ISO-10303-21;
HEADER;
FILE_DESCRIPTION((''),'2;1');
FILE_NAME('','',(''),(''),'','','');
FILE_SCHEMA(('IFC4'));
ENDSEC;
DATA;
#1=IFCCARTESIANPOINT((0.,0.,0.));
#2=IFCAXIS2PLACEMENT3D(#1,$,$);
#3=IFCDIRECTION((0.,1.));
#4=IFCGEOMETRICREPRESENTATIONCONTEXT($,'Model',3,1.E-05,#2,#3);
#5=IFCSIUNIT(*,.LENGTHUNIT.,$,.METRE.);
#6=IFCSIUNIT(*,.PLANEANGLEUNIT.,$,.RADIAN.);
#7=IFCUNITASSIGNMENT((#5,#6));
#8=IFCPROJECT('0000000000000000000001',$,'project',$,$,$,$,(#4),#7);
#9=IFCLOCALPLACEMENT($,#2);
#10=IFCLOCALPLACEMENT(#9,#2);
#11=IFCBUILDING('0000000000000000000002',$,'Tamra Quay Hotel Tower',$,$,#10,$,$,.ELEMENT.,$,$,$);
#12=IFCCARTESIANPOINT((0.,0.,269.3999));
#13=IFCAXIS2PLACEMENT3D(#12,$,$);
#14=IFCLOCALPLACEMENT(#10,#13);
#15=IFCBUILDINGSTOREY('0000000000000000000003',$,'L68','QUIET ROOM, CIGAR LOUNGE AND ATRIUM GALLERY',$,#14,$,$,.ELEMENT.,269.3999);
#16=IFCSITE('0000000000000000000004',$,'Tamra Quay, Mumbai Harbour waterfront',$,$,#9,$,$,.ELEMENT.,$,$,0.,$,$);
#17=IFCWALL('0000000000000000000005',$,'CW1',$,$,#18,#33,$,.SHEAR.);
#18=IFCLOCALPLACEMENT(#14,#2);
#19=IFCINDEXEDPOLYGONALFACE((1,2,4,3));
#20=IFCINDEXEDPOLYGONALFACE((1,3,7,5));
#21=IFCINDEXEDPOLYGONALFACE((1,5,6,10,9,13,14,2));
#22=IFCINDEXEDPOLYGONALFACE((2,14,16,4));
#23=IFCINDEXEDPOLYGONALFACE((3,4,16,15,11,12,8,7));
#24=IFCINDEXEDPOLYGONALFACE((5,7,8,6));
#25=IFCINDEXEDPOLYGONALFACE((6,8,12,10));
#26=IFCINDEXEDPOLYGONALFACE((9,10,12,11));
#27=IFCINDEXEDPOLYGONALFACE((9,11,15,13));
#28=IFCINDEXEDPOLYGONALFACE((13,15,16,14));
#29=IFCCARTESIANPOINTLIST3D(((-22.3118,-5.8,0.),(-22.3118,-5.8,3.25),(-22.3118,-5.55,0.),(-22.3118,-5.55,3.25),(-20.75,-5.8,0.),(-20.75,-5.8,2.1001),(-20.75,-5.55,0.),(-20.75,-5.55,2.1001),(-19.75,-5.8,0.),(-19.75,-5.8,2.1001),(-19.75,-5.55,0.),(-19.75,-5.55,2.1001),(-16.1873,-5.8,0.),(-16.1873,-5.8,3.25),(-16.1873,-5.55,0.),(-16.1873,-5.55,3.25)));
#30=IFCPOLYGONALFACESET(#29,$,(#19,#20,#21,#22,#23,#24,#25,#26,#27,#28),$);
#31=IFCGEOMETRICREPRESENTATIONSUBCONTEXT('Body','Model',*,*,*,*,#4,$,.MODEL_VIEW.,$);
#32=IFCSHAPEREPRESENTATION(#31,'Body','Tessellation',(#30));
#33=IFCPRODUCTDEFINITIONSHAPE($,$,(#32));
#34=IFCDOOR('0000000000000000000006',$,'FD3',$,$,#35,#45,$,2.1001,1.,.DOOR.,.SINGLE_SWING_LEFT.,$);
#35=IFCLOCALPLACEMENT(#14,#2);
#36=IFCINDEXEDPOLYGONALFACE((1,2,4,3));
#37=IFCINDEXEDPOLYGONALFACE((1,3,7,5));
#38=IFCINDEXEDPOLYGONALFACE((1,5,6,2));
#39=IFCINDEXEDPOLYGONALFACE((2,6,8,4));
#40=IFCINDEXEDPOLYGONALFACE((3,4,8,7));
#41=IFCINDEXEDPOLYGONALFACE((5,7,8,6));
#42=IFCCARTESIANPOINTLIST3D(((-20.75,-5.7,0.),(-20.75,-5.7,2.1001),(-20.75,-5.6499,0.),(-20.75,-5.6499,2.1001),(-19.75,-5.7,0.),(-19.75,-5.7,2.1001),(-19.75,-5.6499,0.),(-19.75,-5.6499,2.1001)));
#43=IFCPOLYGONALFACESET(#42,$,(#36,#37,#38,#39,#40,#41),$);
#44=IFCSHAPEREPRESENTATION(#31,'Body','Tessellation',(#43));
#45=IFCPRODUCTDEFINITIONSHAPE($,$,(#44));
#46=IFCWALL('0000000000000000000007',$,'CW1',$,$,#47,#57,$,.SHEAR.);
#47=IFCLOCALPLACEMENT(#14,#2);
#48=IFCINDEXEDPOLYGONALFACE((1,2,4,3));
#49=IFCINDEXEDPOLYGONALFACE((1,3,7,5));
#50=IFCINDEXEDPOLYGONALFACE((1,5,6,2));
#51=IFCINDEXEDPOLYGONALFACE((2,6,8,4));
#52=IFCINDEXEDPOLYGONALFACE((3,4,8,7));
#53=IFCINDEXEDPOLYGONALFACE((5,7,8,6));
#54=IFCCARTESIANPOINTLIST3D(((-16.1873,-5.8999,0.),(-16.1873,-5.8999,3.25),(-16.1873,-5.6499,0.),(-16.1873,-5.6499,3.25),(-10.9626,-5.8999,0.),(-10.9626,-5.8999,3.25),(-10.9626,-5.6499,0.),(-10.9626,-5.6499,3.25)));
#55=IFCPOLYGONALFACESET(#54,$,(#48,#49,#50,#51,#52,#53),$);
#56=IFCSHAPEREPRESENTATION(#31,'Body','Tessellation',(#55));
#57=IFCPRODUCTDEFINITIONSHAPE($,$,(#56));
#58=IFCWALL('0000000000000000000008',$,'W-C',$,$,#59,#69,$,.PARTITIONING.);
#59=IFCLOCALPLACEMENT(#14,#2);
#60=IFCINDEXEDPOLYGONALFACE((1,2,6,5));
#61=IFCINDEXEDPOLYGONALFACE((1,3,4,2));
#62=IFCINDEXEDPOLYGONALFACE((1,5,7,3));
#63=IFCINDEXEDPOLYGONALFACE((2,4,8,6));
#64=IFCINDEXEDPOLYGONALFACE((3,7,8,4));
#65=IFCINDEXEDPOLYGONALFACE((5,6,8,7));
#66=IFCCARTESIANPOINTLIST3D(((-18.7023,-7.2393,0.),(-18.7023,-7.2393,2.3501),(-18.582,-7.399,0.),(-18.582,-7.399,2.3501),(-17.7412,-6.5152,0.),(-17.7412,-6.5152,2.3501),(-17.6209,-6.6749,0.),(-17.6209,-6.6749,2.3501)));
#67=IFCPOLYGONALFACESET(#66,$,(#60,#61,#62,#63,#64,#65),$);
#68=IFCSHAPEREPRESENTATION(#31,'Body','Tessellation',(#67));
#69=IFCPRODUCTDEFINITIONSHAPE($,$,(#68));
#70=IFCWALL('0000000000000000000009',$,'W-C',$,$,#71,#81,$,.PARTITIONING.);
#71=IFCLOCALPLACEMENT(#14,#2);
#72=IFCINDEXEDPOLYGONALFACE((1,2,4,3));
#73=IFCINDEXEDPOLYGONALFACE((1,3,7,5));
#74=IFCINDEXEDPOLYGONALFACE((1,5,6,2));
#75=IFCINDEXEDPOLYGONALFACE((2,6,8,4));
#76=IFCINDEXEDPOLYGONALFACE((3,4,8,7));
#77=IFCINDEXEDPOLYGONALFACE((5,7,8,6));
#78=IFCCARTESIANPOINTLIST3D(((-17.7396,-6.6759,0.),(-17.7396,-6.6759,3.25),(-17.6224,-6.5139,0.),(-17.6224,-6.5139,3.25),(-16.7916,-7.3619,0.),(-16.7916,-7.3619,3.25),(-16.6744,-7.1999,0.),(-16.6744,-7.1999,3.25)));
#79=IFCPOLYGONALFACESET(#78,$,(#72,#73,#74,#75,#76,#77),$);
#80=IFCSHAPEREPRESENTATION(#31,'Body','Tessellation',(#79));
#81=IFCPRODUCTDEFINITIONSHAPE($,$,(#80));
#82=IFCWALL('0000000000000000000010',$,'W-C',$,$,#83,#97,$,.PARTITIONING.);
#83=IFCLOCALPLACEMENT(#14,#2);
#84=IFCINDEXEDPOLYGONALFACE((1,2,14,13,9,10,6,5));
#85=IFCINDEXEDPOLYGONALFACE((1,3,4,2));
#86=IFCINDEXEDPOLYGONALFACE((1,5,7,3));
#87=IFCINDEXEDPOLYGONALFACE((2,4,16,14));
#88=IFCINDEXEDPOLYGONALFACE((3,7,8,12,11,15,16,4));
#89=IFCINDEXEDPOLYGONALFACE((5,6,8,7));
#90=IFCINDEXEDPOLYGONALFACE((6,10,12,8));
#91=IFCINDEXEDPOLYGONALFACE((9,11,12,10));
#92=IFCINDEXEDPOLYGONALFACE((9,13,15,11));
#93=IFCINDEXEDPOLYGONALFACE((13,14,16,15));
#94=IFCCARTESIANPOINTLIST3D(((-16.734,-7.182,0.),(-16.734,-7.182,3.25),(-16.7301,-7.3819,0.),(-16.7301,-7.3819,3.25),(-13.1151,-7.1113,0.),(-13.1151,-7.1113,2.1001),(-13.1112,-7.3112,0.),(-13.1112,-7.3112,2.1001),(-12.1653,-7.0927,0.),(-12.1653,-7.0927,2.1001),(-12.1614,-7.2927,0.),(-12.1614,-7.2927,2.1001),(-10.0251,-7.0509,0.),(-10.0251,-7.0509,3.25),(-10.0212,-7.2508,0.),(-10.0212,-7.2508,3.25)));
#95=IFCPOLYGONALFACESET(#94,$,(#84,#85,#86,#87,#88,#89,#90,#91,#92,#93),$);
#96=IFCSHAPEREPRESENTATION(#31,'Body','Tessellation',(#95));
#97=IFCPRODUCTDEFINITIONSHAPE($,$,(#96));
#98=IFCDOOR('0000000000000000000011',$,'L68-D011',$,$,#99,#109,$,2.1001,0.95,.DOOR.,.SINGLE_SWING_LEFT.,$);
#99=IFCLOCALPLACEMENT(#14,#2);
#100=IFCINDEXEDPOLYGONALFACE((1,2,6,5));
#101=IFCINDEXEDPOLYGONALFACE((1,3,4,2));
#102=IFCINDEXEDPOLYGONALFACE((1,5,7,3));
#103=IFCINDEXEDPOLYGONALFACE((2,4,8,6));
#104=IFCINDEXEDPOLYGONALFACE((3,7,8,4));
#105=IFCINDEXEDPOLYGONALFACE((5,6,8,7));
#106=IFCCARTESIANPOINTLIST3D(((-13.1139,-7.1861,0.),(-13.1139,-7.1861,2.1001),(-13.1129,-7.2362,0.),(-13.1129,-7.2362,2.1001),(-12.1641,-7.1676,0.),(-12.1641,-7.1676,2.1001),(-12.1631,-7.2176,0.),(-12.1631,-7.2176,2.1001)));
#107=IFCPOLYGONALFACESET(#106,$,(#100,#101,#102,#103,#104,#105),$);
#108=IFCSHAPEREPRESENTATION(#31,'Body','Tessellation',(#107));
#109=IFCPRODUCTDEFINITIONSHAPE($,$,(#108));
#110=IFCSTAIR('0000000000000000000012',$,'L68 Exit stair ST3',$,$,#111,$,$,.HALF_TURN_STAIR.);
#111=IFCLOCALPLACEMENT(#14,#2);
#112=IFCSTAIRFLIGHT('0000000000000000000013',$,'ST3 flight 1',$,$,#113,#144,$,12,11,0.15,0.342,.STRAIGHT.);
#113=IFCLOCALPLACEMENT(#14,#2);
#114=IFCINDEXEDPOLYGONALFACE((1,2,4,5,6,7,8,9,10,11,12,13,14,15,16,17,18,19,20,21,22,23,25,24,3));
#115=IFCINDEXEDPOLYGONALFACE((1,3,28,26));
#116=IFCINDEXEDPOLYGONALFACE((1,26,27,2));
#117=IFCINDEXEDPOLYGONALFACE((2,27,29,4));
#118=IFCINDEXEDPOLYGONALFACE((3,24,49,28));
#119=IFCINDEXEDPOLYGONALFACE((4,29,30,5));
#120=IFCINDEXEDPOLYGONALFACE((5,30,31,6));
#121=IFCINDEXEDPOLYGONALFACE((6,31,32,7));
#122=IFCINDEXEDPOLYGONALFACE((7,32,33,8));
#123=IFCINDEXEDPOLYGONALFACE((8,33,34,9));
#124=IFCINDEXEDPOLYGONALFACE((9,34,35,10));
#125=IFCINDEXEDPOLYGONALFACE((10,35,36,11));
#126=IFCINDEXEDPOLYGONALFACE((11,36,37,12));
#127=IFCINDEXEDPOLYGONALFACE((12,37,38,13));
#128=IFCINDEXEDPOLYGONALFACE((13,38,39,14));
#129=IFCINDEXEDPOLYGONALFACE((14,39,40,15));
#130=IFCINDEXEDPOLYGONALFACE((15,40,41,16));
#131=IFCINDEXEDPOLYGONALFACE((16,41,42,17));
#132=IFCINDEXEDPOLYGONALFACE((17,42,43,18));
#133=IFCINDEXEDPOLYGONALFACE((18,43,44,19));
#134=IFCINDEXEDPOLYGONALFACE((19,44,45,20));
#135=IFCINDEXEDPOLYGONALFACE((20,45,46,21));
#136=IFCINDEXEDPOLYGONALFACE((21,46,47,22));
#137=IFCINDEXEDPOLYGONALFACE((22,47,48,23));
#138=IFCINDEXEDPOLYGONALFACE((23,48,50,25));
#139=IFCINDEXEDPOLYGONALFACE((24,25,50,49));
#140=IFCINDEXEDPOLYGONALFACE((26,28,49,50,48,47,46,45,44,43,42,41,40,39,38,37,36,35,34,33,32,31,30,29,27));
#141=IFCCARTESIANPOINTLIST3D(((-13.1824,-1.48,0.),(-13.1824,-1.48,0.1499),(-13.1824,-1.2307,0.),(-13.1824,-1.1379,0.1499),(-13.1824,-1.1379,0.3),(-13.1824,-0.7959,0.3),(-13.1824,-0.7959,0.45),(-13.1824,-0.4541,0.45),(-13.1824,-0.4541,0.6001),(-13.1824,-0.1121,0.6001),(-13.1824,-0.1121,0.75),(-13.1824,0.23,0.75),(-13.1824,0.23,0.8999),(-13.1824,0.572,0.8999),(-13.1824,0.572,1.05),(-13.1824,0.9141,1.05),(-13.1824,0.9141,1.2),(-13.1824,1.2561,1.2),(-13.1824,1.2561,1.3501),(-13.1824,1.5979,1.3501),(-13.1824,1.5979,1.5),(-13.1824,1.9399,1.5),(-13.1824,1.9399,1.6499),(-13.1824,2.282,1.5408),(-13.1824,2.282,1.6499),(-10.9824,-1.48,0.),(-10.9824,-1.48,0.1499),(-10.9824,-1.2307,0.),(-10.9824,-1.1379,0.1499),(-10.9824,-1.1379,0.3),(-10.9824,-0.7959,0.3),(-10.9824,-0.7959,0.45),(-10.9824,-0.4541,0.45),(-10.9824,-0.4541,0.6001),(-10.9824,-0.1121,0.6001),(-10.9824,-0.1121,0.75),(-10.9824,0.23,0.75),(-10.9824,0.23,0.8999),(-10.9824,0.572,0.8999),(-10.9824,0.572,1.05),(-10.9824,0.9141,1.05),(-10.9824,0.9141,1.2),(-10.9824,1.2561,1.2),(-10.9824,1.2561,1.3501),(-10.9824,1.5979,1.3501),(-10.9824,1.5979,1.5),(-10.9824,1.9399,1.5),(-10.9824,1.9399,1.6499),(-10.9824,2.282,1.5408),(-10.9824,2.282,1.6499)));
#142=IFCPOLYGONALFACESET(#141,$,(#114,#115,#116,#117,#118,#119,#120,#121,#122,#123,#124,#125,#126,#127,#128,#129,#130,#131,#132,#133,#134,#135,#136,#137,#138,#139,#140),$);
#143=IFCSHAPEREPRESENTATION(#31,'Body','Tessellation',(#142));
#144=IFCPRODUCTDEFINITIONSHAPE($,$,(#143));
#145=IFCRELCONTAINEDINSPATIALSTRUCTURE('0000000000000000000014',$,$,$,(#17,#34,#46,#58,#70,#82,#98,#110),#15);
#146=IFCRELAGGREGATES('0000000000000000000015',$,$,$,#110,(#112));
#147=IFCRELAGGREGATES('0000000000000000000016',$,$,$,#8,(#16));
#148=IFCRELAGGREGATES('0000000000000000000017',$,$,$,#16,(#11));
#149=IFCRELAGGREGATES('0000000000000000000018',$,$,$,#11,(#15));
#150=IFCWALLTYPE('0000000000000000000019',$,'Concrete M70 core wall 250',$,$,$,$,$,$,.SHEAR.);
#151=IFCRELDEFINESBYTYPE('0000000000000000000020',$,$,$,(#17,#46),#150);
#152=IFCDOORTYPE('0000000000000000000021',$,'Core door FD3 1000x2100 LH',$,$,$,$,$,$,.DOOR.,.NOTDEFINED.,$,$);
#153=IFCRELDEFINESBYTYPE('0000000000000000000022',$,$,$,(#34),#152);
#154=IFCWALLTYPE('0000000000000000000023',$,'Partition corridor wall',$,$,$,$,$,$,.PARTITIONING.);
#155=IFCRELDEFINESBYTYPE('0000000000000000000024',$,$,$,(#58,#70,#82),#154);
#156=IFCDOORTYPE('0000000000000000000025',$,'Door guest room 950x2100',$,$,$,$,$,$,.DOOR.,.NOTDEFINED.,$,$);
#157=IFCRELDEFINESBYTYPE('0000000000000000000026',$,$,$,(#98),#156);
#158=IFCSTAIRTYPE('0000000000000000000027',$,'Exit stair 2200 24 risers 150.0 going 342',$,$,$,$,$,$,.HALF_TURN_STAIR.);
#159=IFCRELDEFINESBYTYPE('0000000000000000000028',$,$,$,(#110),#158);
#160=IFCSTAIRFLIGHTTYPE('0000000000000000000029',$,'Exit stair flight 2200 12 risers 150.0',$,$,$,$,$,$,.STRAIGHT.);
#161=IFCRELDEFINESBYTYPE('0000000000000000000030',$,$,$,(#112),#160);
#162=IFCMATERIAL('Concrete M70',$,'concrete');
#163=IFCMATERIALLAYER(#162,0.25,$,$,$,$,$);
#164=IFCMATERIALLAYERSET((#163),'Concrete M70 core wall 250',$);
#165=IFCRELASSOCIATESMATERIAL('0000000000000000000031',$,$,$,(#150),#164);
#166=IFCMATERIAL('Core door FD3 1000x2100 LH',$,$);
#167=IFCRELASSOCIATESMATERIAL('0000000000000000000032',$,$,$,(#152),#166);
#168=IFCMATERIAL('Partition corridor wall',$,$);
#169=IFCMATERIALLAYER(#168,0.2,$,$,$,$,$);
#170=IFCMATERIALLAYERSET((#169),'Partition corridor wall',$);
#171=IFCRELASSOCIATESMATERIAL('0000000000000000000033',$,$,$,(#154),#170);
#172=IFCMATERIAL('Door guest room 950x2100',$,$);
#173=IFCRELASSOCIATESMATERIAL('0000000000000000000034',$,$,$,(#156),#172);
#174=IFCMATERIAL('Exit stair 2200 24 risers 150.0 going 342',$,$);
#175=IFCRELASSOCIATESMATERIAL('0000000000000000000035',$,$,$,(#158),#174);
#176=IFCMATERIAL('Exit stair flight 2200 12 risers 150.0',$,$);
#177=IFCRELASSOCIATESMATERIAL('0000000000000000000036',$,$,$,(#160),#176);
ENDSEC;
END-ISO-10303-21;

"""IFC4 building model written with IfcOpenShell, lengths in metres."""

from ifc_helpers import new_model, si_unit, direction, frame, frame_2d, origin, place, context, subcontext, project, spatial, polyline, rectangle, outline, extrude, material, layer, layer_set, type_object, element, fill, aggregate, save


model = new_model("IFC4")

# Units and contexts
model_context = context("Model", 3, precision=1e-05, world=origin(), true_north=direction((0.0, 1.0)))
body_context = subcontext(model_context, "Body", "Model", "MODEL_VIEW")
ifc_project = project(units=[si_unit("LENGTHUNIT", "METRE"), si_unit("PLANEANGLEUNIT", "RADIAN")], contexts=[model_context])

# Site, building, storey
site_placement = place(None, origin())
site = spatial("IfcSite", under=ifc_project, at=site_placement, Name="Tamra Quay, Mumbai Harbour waterfront", CompositionType="ELEMENT", RefElevation=0.0)
building_placement = place(site_placement, origin())
building = spatial("IfcBuilding", under=site, at=building_placement, Name="Tamra Quay Hotel Tower", CompositionType="ELEMENT")
storey_placement = place(building_placement, frame((0.0, 0.0, 269.3999)))
storey = spatial("IfcBuildingStorey", under=building, at=storey_placement, Name="L68", Description="QUIET ROOM, CIGAR LOUNGE AND ATRIUM GALLERY", CompositionType="ELEMENT", Elevation=269.3999)

# Shared definitions
ifc_material_1 = material(Name="Concrete M70", Category="concrete")

# Wall, opening, door
ifc_layer_1 = layer(ifc_material_1, 0.25)
ifc_layer_set_1 = layer_set([ifc_layer_1], Name="Concrete M70 core wall 250")
wall_type_1 = type_object("IfcWallType", Name="Concrete M70 core wall 250", PredefinedType="SHEAR", material=ifc_layer_set_1)
wall_1_placement = place(storey_placement, frame((-16.1873, -5.675, 0.0), z_axis=(0.0, 0.0, 1.0), x_axis=(-1.0, 0.0, 0.0)))
wall_1 = element("IfcWall", 1, at=wall_1_placement, inside=storey, type_object=wall_type_1, Name="CW1", PredefinedType="SHEAR", context=body_context, shape_type="SweptSolid", body=[
    extrude(rectangle(XDim=6.1245, YDim=0.25, at=frame_2d((3.0623, 0.0))), origin(), (0.0, 0.0, 1.0), 3.25),
])
opening_1_placement = place(wall_1_placement, frame((3.5627, 0.0, 0.0)))
opening_1 = element("IfcOpeningElement", 2, at=opening_1_placement, cuts=wall_1, PredefinedType="OPENING", context=body_context, shape_type="SweptSolid", body=[
    extrude(rectangle(XDim=1.0, YDim=2.1001, at=frame_2d((0.5, 1.05))), frame((0.0, 0.135, 0.0), z_axis=(0.0, -1.0, 0.0), x_axis=(1.0, 0.0, 0.0)), (0.0, 0.0, 1.0), 0.27),
])
ifc_material_2 = material(Name="Core door FD3 1000x2100 LH")
door_type_1 = type_object("IfcDoorType", Name="Core door FD3 1000x2100 LH", OperationType="NOTDEFINED", PredefinedType="DOOR", material=ifc_material_2)
door_1_placement = place(opening_1_placement, origin())
door_1 = element("IfcDoor", 3, at=door_1_placement, inside=storey, type_object=door_type_1, Name="FD3", OperationType="SINGLE_SWING_LEFT", OverallHeight=2.1001, OverallWidth=1.0, PredefinedType="DOOR", context=body_context, shape_type="SweptSolid", body=[
    extrude(rectangle(XDim=1.0, YDim=2.1001, at=frame_2d((0.5, 1.05))), frame((0.0, 0.0249, 0.0), z_axis=(0.0, -1.0, 0.0), x_axis=(1.0, 0.0, 0.0)), (0.0, 0.0, 1.0), 0.05),
])
fill(opening_1, door_1)

# Walls
wall_2_placement = place(storey_placement, frame((-10.9626, -5.7749, 0.0), z_axis=(0.0, 0.0, 1.0), x_axis=(-1.0, 0.0, 0.0)))
element("IfcWall", 4, at=wall_2_placement, inside=storey, type_object=wall_type_1, Name="CW1", PredefinedType="SHEAR", context=body_context, shape_type="SweptSolid", body=[
    extrude(rectangle(XDim=5.2246, YDim=0.25, at=frame_2d((2.6123, 0.0))), origin(), (0.0, 0.0, 1.0), 3.25),
])
ifc_material_3 = material(Name="Partition corridor wall")
ifc_layer_2 = layer(ifc_material_3, 0.2)
ifc_layer_set_2 = layer_set([ifc_layer_2], Name="Partition corridor wall")
wall_type_2 = type_object("IfcWallType", Name="Partition corridor wall", PredefinedType="PARTITIONING", material=ifc_layer_set_2)
wall_3_placement = place(storey_placement, frame((-18.6421, -7.3191, 0.0), z_axis=(0.0, 0.0, 1.0), x_axis=(0.798708, 0.601719, 0.0)))
element("IfcWall", 5, at=wall_3_placement, inside=storey, type_object=wall_type_2, Name="W-C", PredefinedType="PARTITIONING", context=body_context, shape_type="SweptSolid", body=[
    extrude(rectangle(XDim=1.2034, YDim=0.2, at=frame_2d((0.6016, 0.0))), origin(), (0.0, 0.0, 1.0), 2.3501),
])
wall_4_placement = place(storey_placement, frame((-17.6809, -6.595, 0.0), z_axis=(0.0, 0.0, 1.0), x_axis=(0.810123, -0.58626, 0.0)))
element("IfcWall", 6, at=wall_4_placement, inside=storey, type_object=wall_type_2, Name="W-C", PredefinedType="PARTITIONING", context=body_context, shape_type="SweptSolid", body=[
    extrude(rectangle(XDim=1.1702, YDim=0.2, at=frame_2d((0.585, 0.0))), origin(), (0.0, 0.0, 1.0), 3.25),
])

# Wall, opening, door
wall_5_placement = place(storey_placement, frame((-16.7319, -7.282, 0.0), z_axis=(0.0, 0.0, 1.0), x_axis=(0.999809, 0.019538, 0.0)))
wall_5 = element("IfcWall", 7, at=wall_5_placement, inside=storey, type_object=wall_type_2, Name="W-C", PredefinedType="PARTITIONING", context=body_context, shape_type="SweptSolid", body=[
    extrude(rectangle(XDim=6.7102, YDim=0.2, at=frame_2d((3.355, 0.0))), origin(), (0.0, 0.0, 1.0), 3.25),
])
opening_2_placement = place(wall_5_placement, frame((3.6194, 0.0, 0.0)))
opening_2 = element("IfcOpeningElement", 8, at=opening_2_placement, cuts=wall_5, PredefinedType="OPENING", context=body_context, shape_type="SweptSolid", body=[
    extrude(rectangle(XDim=0.95, YDim=2.1001, at=frame_2d((0.4751, 1.05))), frame((0.0, 0.1099, 0.0), z_axis=(0.0, -1.0, 0.0), x_axis=(1.0, 0.0, 0.0)), (0.0, 0.0, 1.0), 0.22),
])
ifc_material_4 = material(Name="Door guest room 950x2100")
door_type_2 = type_object("IfcDoorType", Name="Door guest room 950x2100", OperationType="NOTDEFINED", PredefinedType="DOOR", material=ifc_material_4)
door_2_placement = place(opening_2_placement, frame((0.95, 0.0, 0.0), z_axis=(0.0, 0.0, 1.0), x_axis=(-1.0, 0.0, 0.0)))
door_2 = element("IfcDoor", 9, at=door_2_placement, inside=storey, type_object=door_type_2, Name="L68-D011", OperationType="SINGLE_SWING_LEFT", OverallHeight=2.1001, OverallWidth=0.95, PredefinedType="DOOR", context=body_context, shape_type="SweptSolid", body=[
    extrude(rectangle(XDim=0.95, YDim=2.1001, at=frame_2d((0.4751, 1.05))), frame((0.0, 0.0249, 0.0), z_axis=(0.0, -1.0, 0.0), x_axis=(1.0, 0.0, 0.0)), (0.0, 0.0, 1.0), 0.05),
])
fill(opening_2, door_2)

# Stair, stair flight
ifc_material_5 = material(Name="Exit stair 2200 24 risers 150.0 going 342")
stair_type = type_object("IfcStairType", Name="Exit stair 2200 24 risers 150.0 going 342", PredefinedType="HALF_TURN_STAIR", material=ifc_material_5)
stair_placement = place(storey_placement, origin())
stair = element("IfcStair", 10, at=stair_placement, inside=storey, type_object=stair_type, Name="L68 Exit stair ST3", PredefinedType="HALF_TURN_STAIR")
ifc_material_6 = material(Name="Exit stair flight 2200 12 risers 150.0")
stair_flight_type = type_object("IfcStairFlightType", Name="Exit stair flight 2200 12 risers 150.0", PredefinedType="STRAIGHT", material=ifc_material_6)
stair_flight_placement = place(storey_placement, frame((-12.0823, -1.48, 0.0), z_axis=(0.0, 0.0, 1.0), x_axis=(0.0, 1.0, 0.0)))
stair_flight = element("IfcStairFlight", 11, at=stair_flight_placement, type_object=stair_flight_type, Name="ST3 flight 1", NumberOfRisers=12, NumberOfTreads=11, PredefinedType="STRAIGHT", RiserHeight=0.15, TreadLength=0.342, context=body_context, shape_type="SweptSolid", body=[
    extrude(outline(polyline([(0.0, 0.0), (0.0, 0.1499), (0.342, 0.1499), (0.342, 0.3), (0.6841, 0.3), (0.6841, 0.45), (1.0259, 0.45), (1.0259, 0.6001), (1.3679, 0.6001), (1.3679, 0.75), (1.71, 0.75), (1.71, 0.8999), (2.052, 0.8999), (2.052, 1.05), (2.394, 1.05), (2.394, 1.2), (2.7361, 1.2), (2.7361, 1.3501), (3.0779, 1.3501), (3.0779, 1.5), (3.4199, 1.5), (3.4199, 1.6499), (3.762, 1.6499), (3.762, 1.8), (3.762, 1.5408), (0.2493, 0.0), (0.0, 0.0)])), frame((0.0, 1.1001, 0.0), z_axis=(0.0, -1.0, 0.0), x_axis=(1.0, 0.0, 0.0)), (0.0, 0.0, 1.0), 2.2),
])
aggregate(stair, [stair_flight])

save(model, "model.ifc")
